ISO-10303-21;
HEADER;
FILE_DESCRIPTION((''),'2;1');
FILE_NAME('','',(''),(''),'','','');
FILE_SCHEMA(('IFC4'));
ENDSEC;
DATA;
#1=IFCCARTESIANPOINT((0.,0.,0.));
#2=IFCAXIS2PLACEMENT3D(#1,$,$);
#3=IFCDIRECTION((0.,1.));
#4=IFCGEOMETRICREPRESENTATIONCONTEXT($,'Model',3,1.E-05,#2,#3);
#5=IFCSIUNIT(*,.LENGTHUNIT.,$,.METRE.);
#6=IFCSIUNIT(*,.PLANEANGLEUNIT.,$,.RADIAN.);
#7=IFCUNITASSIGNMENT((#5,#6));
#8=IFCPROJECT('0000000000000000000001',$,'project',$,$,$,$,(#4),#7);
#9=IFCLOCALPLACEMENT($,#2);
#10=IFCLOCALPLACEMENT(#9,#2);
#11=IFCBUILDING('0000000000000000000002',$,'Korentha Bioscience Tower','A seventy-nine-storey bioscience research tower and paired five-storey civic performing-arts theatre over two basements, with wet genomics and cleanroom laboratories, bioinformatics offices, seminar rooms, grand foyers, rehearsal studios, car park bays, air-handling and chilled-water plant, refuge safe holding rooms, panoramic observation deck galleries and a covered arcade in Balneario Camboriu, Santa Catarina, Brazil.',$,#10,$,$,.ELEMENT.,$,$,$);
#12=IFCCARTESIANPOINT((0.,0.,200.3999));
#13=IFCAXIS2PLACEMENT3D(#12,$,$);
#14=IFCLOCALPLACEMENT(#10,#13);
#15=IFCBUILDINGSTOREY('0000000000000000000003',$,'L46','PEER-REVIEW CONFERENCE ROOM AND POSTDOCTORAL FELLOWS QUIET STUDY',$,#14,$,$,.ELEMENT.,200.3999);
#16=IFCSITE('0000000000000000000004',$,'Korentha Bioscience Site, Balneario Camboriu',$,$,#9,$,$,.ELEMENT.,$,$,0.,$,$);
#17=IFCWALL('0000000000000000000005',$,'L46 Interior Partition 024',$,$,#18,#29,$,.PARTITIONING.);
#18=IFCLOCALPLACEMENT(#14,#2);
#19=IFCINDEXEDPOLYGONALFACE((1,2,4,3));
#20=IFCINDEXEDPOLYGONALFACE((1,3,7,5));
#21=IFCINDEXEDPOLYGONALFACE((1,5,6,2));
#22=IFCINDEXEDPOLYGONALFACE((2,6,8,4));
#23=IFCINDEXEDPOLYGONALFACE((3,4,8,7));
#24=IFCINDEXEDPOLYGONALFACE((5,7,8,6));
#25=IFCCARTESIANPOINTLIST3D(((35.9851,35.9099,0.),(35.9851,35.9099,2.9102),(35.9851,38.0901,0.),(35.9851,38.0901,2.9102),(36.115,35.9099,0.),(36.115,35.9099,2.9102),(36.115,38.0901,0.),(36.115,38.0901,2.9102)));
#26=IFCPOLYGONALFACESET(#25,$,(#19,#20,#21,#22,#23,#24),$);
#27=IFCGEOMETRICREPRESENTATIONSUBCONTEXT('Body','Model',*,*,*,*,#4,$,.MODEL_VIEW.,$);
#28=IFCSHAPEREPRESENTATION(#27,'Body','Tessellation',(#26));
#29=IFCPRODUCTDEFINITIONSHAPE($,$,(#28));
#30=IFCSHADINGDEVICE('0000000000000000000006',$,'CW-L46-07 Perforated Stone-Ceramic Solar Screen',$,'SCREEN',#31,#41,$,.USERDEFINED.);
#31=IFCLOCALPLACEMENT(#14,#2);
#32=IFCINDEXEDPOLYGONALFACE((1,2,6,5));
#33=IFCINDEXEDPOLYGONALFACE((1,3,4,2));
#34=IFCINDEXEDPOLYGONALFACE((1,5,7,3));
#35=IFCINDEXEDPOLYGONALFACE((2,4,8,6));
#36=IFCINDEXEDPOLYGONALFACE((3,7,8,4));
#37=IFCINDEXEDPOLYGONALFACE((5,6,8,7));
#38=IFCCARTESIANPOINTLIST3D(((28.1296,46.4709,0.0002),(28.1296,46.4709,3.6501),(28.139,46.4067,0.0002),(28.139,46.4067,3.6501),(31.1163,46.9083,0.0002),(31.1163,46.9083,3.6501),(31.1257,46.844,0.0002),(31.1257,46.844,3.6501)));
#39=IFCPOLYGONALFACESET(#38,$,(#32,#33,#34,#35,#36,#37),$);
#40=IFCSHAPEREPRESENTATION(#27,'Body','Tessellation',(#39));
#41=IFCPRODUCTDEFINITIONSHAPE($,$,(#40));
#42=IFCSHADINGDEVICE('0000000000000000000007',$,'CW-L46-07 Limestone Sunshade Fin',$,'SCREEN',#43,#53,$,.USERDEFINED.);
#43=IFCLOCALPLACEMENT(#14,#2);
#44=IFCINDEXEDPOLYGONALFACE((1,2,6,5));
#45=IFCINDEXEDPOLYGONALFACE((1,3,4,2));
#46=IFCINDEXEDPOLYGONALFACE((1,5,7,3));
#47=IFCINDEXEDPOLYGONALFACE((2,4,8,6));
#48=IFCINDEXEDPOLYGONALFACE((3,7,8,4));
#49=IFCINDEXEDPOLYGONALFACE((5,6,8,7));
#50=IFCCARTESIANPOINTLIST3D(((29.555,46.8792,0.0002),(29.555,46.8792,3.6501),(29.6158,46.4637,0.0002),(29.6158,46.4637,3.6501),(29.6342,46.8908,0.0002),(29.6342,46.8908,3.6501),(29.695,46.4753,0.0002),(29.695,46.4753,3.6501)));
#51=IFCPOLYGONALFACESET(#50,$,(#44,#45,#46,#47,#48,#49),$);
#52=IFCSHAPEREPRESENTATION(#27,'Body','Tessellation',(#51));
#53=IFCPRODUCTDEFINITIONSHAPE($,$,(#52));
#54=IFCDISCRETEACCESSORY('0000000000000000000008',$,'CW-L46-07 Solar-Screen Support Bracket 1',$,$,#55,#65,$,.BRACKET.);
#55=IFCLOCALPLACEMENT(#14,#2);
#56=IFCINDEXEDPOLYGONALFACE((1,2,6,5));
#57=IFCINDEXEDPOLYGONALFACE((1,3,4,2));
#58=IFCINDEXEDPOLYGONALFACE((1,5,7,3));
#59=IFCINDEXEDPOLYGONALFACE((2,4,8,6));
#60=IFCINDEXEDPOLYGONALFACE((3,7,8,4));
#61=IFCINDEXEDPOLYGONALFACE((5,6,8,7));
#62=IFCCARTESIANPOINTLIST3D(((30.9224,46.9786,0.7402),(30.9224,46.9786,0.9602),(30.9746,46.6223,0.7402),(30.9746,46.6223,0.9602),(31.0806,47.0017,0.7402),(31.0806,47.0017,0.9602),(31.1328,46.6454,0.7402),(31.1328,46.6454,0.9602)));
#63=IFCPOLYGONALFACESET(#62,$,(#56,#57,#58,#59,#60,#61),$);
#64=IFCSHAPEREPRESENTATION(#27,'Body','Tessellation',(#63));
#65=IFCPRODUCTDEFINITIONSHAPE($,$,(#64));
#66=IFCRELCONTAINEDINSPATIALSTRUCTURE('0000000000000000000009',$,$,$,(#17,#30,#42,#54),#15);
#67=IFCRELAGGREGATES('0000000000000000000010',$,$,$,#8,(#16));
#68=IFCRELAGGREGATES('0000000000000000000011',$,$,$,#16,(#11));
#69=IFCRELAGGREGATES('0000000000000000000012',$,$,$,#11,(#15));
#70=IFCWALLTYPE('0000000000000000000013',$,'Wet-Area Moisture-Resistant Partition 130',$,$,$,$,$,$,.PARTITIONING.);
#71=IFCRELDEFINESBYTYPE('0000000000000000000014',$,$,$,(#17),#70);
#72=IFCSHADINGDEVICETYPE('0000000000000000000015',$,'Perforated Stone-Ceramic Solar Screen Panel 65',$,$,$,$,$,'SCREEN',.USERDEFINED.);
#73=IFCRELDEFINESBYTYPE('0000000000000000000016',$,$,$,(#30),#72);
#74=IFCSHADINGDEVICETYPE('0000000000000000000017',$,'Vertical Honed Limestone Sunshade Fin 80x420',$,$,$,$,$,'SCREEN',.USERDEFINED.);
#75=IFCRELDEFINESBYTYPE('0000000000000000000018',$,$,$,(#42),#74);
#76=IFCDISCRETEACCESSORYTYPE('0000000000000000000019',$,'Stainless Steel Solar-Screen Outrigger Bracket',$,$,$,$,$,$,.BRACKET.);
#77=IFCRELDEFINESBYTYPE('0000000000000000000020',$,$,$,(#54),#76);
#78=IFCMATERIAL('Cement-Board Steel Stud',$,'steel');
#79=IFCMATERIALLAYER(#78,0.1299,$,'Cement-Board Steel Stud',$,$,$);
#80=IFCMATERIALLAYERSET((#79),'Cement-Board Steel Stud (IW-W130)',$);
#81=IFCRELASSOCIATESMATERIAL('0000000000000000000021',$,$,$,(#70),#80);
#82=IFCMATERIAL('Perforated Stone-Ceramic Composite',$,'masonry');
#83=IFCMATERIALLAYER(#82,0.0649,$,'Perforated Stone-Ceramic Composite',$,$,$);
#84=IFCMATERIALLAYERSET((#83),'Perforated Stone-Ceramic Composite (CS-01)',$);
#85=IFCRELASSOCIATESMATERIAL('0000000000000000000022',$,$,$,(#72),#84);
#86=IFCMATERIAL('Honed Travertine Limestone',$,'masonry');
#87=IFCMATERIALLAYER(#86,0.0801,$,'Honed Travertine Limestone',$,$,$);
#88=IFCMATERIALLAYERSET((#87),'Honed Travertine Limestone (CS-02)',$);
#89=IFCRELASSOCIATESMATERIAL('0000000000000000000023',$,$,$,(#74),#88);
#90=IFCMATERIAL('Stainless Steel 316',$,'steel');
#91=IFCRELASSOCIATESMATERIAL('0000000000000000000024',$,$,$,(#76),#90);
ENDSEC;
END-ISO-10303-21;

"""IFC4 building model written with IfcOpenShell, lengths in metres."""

from ifc_helpers import new_model, si_unit, direction, frame, frame_2d, origin, origin_2d, place, context, subcontext, project, spatial, rectangle, extrude, material, layer, layer_set, type_object, element, save


model = new_model("IFC4")

# Units and contexts
model_context = context("Model", 3, precision=1e-05, world=origin(), true_north=direction((0.0, 1.0)))
body_context = subcontext(model_context, "Body", "Model", "MODEL_VIEW")
ifc_project = project(units=[si_unit("LENGTHUNIT", "METRE"), si_unit("PLANEANGLEUNIT", "RADIAN")], contexts=[model_context])

# Site, building, storey
site_placement = place(None, origin())
site = spatial("IfcSite", under=ifc_project, at=site_placement, Name="Korentha Bioscience Site, Balneario Camboriu", CompositionType="ELEMENT", RefElevation=0.0)
building_placement = place(site_placement, origin())
building = spatial("IfcBuilding", under=site, at=building_placement, Name="Korentha Bioscience Tower", Description="A seventy-nine-storey bioscience research tower and paired five-storey civic performing-arts theatre over two basements, with wet genomics and cleanroom laboratories, bioinformatics offices, seminar rooms, grand foyers, rehearsal studios, car park bays, air-handling and chilled-water plant, refuge safe holding rooms, panoramic observation deck galleries and a covered arcade in Balneario Camboriu, Santa Catarina, Brazil.", CompositionType="ELEMENT")
storey_placement = place(building_placement, frame((0.0, 0.0, 200.3999)))
storey = spatial("IfcBuildingStorey", under=building, at=storey_placement, Name="L46", Description="PEER-REVIEW CONFERENCE ROOM AND POSTDOCTORAL FELLOWS QUIET STUDY", CompositionType="ELEMENT", Elevation=200.3999)

# Shared definitions
ifc_material_1 = material(Name="Cement-Board Steel Stud", Category="steel")
ifc_layer_1 = layer(ifc_material_1, 0.1299, Name="Cement-Board Steel Stud")
ifc_layer_set_1 = layer_set([ifc_layer_1], Name="Cement-Board Steel Stud (IW-W130)")
wall_type_1 = type_object("IfcWallType", Name="Wet-Area Moisture-Resistant Partition 130", PredefinedType="PARTITIONING", material=ifc_layer_set_1)

# Wall
wall_1_placement = place(storey_placement, frame((36.05, 38.0901, 0.0), z_axis=(0.0, 0.0, 1.0), x_axis=(0.0, -1.0, 0.0)))
element("IfcWall", 1, at=wall_1_placement, inside=storey, type_object=wall_type_1, Name="L46 Interior Partition 024", PredefinedType="PARTITIONING", context=body_context, shape_type="SweptSolid", body=[
    extrude(rectangle(XDim=2.1802, YDim=0.1299, at=frame_2d((1.0901, 0.0))), origin(), (0.0, 0.0, 1.0), 2.9102),
])

# Shading devices
ifc_material_2 = material(Name="Perforated Stone-Ceramic Composite", Category="masonry")
ifc_layer_2 = layer(ifc_material_2, 0.0649, Name="Perforated Stone-Ceramic Composite")
ifc_layer_set_2 = layer_set([ifc_layer_2], Name="Perforated Stone-Ceramic Composite (CS-01)")
shading_device_type_1 = type_object("IfcShadingDeviceType", Name="Perforated Stone-Ceramic Solar Screen Panel 65", ElementType="SCREEN", PredefinedType="USERDEFINED", material=ifc_layer_set_2)
shading_device_1_placement = place(storey_placement, frame((29.6277, 46.6575, 0.0002), z_axis=(0.0, 0.0, 1.0), x_axis=(-0.989449, -0.144878, 0.0)))
element("IfcShadingDevice", 2, at=shading_device_1_placement, inside=storey, type_object=shading_device_type_1, Name="CW-L46-07 Perforated Stone-Ceramic Solar Screen", ObjectType="SCREEN", PredefinedType="USERDEFINED", context=body_context, shape_type="SweptSolid", body=[
    extrude(rectangle(XDim=3.0186, YDim=0.0649, at=origin_2d()), origin(), (0.0, 0.0, 1.0), 3.6499),
])
ifc_material_3 = material(Name="Honed Travertine Limestone", Category="masonry")
ifc_layer_3 = layer(ifc_material_3, 0.0801, Name="Honed Travertine Limestone")
ifc_layer_set_3 = layer_set([ifc_layer_3], Name="Honed Travertine Limestone (CS-02)")
shading_device_type_2 = type_object("IfcShadingDeviceType", Name="Vertical Honed Limestone Sunshade Fin 80x420", ElementType="SCREEN", PredefinedType="USERDEFINED", material=ifc_layer_set_3)
shading_device_2_placement = place(storey_placement, frame((29.625, 46.6772, 0.0002), z_axis=(0.0, 0.0, 1.0), x_axis=(-0.989449, -0.144878, 0.0)))
element("IfcShadingDevice", 3, at=shading_device_2_placement, inside=storey, type_object=shading_device_type_2, Name="CW-L46-07 Limestone Sunshade Fin", ObjectType="SCREEN", PredefinedType="USERDEFINED", context=body_context, shape_type="SweptSolid", body=[
    extrude(rectangle(XDim=0.0801, YDim=0.4199, at=origin_2d()), origin(), (0.0, 0.0, 1.0), 3.6499),
])

# Discrete accessory
ifc_material_4 = material(Name="Stainless Steel 316", Category="steel")
discrete_accessory_type = type_object("IfcDiscreteAccessoryType", Name="Stainless Steel Solar-Screen Outrigger Bracket", PredefinedType="BRACKET", material=ifc_material_4)
discrete_accessory_placement = place(storey_placement, frame((31.0276, 46.812, 0.7402), z_axis=(0.0, 0.0, 1.0), x_axis=(-0.989449, -0.144878, 0.0)))
element("IfcDiscreteAccessory", 4, at=discrete_accessory_placement, inside=storey, type_object=discrete_accessory_type, Name="CW-L46-07 Solar-Screen Support Bracket 1", PredefinedType="BRACKET", context=body_context, shape_type="SweptSolid", body=[
    extrude(rectangle(XDim=0.1599, YDim=0.3601, at=origin_2d()), origin(), (0.0, 0.0, 1.0), 0.22),
])

save(model, "model.ifc")
